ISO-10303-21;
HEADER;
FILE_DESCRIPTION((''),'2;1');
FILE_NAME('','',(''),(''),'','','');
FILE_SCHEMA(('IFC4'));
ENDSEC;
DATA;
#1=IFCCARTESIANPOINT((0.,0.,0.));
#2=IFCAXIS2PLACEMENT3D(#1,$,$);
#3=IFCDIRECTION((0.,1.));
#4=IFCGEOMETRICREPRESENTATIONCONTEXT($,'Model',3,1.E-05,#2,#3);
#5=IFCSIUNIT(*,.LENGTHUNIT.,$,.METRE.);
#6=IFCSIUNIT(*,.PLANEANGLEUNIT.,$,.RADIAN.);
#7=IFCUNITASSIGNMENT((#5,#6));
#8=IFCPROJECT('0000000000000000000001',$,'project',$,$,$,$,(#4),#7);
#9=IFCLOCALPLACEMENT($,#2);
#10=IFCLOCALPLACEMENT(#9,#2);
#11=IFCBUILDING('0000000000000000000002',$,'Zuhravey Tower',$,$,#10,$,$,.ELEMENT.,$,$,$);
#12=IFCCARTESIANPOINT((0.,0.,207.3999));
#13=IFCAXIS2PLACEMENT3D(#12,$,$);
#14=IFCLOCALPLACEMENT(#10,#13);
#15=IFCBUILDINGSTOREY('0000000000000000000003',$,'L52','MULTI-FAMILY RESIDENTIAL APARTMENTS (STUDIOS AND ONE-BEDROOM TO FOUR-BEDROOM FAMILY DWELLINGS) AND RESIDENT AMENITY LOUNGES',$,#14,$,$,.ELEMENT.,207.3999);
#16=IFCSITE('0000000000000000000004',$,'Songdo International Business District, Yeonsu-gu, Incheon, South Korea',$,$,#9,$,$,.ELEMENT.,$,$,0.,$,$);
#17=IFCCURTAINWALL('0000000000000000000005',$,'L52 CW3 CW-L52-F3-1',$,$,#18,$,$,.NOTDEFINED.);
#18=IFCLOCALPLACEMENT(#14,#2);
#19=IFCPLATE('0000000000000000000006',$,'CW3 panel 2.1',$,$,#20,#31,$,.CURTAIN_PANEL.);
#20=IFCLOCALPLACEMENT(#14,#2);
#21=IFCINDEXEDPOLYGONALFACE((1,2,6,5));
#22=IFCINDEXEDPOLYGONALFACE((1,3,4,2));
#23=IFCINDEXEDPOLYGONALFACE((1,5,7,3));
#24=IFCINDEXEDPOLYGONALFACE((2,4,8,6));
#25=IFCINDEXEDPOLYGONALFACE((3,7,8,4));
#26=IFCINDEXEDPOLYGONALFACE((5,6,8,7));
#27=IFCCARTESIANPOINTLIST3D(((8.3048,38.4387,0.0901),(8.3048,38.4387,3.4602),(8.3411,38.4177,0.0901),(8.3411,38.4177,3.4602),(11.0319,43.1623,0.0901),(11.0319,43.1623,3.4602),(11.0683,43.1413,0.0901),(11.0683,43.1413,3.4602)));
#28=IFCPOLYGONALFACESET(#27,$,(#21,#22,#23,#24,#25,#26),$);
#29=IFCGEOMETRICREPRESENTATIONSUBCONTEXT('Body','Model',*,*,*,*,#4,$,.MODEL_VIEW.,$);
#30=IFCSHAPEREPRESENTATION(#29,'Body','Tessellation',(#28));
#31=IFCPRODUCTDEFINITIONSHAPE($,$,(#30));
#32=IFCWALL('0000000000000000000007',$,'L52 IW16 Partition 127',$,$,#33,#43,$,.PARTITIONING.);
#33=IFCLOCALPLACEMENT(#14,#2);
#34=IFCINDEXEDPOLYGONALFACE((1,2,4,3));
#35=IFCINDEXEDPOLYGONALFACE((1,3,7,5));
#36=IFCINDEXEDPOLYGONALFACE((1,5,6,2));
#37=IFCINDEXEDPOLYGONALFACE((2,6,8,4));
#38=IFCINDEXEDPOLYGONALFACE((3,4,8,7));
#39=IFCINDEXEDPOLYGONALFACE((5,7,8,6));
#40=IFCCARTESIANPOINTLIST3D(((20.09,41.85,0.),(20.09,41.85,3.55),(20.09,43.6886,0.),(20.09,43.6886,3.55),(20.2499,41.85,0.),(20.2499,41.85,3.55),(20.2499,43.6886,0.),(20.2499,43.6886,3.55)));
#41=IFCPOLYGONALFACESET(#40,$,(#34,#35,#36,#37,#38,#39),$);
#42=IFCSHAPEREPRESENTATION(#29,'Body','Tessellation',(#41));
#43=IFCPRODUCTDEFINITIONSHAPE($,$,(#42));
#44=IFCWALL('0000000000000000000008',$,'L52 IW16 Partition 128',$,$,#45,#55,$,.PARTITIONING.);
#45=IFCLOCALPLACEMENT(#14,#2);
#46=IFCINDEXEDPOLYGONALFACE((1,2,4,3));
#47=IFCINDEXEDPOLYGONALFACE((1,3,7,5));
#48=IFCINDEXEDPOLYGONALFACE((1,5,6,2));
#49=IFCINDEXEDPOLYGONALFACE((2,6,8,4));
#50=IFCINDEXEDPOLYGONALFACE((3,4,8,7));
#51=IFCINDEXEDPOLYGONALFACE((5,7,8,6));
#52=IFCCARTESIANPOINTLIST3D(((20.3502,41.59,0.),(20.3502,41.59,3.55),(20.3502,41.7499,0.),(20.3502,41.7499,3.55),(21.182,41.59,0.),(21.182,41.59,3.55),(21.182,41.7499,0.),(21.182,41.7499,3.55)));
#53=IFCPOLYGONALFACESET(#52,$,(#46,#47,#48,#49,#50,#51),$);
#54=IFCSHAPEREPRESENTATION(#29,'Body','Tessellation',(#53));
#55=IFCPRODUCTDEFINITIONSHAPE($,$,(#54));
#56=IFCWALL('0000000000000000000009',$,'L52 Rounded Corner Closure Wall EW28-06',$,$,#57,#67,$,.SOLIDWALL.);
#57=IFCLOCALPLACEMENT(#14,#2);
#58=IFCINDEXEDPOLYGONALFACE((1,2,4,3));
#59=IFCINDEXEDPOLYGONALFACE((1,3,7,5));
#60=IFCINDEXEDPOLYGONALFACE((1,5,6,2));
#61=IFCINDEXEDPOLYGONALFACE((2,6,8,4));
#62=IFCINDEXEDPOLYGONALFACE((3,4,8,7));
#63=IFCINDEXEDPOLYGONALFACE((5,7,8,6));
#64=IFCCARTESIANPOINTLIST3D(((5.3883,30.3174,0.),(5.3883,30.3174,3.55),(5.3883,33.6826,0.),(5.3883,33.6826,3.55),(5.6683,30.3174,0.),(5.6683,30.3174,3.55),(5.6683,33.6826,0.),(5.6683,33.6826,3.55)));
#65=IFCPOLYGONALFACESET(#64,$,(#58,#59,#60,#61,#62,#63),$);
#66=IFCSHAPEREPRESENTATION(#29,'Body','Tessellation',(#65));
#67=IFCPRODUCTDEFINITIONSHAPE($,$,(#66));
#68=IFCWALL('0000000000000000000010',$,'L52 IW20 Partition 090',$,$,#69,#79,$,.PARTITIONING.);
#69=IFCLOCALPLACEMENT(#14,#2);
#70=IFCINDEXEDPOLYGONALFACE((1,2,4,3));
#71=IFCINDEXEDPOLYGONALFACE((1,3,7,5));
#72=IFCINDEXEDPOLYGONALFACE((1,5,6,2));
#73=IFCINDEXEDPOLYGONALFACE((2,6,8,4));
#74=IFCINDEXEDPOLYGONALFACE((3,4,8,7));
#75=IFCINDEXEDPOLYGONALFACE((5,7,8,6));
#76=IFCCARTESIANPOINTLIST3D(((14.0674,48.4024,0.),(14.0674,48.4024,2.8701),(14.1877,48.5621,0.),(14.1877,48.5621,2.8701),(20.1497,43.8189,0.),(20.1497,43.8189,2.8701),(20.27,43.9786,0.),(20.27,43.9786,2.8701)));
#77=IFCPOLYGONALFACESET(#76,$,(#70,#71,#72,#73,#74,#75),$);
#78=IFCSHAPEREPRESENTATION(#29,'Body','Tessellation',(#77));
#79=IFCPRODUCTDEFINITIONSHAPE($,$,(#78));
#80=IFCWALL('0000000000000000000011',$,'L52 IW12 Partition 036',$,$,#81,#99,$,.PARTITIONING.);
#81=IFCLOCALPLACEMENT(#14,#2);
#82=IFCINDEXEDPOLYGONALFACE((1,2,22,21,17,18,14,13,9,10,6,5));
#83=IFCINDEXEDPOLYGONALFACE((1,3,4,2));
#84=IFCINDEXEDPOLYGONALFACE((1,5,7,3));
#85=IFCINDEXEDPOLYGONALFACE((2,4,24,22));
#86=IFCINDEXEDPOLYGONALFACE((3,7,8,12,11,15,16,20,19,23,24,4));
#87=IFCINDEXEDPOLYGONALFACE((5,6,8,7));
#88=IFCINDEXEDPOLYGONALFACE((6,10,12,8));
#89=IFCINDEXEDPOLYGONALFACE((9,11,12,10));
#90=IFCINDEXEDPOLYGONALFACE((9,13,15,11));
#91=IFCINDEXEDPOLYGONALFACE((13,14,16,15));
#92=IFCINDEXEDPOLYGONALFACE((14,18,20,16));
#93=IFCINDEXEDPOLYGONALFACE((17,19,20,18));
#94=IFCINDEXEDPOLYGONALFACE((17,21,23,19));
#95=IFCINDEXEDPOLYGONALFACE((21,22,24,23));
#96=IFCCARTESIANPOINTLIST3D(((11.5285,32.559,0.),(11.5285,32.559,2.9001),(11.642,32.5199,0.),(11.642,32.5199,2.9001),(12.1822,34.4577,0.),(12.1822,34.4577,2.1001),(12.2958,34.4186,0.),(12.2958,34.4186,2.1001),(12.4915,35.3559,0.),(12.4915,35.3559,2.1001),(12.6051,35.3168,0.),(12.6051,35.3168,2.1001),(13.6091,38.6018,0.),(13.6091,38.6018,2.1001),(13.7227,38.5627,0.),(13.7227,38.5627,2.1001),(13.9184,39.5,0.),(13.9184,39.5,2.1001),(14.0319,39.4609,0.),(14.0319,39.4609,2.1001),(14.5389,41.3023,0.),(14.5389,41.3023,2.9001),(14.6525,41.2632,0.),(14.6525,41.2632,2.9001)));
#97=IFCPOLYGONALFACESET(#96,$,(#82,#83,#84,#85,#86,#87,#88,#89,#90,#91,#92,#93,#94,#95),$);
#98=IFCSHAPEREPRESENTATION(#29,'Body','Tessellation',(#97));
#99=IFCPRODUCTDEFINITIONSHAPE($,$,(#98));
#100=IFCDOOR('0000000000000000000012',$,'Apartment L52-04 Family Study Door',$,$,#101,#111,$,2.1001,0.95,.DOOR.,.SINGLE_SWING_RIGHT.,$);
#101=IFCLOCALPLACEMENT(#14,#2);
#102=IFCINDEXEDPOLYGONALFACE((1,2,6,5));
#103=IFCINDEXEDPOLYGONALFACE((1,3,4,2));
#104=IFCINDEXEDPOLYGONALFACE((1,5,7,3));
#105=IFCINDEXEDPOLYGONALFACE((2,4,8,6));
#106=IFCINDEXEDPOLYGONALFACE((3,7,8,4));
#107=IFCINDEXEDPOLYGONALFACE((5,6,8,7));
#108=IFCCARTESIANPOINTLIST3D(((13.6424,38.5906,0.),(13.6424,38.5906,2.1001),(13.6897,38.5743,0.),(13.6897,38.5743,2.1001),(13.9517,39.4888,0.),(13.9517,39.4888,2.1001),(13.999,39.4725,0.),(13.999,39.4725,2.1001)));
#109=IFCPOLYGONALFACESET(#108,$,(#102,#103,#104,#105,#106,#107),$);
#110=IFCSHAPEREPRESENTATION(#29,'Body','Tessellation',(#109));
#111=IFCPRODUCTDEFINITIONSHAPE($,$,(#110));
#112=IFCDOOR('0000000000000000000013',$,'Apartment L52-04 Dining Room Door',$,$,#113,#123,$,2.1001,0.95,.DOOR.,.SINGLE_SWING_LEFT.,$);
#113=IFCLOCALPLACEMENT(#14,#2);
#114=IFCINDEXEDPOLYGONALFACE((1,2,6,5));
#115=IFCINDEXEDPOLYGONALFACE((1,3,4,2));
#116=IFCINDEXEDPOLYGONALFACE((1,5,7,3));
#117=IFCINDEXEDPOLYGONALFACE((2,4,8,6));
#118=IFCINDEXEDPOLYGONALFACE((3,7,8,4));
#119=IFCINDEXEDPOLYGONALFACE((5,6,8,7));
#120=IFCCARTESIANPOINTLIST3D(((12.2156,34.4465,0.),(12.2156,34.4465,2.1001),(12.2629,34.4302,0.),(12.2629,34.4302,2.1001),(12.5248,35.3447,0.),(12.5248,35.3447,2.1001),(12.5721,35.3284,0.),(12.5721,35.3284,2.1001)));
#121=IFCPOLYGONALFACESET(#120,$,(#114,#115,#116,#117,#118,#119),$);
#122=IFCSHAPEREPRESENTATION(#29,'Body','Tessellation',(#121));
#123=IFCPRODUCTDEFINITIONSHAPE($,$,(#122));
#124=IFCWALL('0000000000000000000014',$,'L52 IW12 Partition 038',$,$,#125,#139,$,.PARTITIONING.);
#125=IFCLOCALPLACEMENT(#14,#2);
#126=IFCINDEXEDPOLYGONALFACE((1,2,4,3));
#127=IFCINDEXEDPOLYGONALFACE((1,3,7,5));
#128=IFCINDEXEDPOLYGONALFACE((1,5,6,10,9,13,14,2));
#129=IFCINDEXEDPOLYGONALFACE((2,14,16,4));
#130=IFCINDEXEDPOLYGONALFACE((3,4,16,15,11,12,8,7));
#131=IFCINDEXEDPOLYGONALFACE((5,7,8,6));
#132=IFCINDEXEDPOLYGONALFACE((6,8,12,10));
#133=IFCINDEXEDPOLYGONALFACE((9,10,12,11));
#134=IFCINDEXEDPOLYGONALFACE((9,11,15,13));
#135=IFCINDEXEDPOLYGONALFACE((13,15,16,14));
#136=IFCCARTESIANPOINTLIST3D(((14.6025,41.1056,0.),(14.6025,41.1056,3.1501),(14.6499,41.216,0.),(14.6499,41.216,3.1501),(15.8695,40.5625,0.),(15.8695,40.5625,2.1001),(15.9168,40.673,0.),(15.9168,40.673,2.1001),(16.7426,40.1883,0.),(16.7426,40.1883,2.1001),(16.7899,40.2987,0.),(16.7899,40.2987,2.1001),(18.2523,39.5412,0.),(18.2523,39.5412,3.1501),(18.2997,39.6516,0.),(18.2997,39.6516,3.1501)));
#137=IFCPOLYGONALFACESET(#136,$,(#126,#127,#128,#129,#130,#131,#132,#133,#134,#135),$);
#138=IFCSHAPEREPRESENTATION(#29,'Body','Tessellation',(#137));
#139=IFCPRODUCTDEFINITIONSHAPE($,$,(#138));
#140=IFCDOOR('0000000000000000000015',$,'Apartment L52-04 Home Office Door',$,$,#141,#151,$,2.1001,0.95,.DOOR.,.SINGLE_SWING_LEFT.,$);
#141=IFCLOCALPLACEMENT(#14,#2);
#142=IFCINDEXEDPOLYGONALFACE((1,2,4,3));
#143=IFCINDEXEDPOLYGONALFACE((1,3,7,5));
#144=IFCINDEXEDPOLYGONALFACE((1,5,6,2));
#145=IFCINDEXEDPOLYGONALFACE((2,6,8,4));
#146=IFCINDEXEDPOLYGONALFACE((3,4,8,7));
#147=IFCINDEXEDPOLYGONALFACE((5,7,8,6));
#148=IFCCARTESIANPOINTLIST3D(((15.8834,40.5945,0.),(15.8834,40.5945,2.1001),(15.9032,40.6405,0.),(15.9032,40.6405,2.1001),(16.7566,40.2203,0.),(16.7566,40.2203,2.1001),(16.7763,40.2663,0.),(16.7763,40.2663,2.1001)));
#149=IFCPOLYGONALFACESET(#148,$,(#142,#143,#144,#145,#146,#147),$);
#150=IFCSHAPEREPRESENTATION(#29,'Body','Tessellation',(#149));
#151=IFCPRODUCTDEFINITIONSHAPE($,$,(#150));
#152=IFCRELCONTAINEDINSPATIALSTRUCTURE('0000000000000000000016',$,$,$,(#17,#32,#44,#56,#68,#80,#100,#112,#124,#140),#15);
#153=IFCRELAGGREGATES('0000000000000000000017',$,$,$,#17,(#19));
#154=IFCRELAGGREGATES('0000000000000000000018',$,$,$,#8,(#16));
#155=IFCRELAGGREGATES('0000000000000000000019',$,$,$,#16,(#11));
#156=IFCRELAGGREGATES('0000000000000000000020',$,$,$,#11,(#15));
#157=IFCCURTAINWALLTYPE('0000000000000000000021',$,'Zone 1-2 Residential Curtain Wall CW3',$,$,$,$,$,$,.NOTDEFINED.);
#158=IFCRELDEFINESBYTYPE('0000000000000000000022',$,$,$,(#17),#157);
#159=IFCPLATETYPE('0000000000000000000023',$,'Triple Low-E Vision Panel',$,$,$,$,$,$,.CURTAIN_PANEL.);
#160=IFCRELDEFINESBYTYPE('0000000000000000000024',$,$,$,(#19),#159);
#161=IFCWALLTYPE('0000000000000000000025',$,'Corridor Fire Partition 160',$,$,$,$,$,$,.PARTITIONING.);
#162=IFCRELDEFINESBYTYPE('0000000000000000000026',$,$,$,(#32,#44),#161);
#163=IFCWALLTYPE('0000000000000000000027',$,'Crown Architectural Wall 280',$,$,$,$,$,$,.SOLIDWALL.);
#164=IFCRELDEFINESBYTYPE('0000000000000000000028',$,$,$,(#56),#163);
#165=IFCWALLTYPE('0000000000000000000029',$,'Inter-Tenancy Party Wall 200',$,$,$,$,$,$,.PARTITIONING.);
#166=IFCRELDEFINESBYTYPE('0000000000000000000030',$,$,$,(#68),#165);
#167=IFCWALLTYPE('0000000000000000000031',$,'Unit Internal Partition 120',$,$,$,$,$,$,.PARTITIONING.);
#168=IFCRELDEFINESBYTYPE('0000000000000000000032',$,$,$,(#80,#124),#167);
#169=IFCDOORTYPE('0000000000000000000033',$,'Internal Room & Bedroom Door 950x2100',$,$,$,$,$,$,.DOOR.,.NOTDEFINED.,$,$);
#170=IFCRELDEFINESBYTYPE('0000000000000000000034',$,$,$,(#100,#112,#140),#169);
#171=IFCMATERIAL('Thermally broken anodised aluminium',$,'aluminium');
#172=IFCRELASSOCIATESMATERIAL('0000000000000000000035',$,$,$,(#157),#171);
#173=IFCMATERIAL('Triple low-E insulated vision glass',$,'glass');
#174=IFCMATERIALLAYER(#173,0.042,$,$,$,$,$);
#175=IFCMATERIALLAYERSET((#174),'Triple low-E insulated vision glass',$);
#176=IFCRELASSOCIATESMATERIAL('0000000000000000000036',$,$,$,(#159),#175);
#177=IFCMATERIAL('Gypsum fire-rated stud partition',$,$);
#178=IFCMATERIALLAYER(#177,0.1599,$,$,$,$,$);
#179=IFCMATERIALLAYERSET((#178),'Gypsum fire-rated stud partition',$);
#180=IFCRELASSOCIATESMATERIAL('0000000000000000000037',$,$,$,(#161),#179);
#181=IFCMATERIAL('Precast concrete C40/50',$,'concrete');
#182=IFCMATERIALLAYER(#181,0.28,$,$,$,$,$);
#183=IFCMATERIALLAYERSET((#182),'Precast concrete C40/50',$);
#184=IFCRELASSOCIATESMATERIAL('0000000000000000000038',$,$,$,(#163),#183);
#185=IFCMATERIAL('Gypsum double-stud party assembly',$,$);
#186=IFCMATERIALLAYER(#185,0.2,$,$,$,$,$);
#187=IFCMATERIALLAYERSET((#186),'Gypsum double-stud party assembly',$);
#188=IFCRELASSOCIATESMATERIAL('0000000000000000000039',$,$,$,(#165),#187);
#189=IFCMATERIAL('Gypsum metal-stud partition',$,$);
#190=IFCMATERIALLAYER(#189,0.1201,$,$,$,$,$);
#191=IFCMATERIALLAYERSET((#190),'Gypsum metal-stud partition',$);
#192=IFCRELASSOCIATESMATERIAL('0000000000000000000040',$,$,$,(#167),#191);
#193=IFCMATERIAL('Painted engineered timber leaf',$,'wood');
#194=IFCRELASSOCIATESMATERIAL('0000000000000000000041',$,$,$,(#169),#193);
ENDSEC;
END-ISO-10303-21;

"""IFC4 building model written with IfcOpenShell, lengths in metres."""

from ifc_helpers import new_model, si_unit, direction, frame, frame_2d, origin, origin_2d, place, context, subcontext, project, spatial, rectangle, extrude, material, layer, layer_set, type_object, element, fill, aggregate, save


model = new_model("IFC4")

# Units and contexts
model_context = context("Model", 3, precision=1e-05, world=origin(), true_north=direction((0.0, 1.0)))
body_context = subcontext(model_context, "Body", "Model", "MODEL_VIEW")
ifc_project = project(units=[si_unit("LENGTHUNIT", "METRE"), si_unit("PLANEANGLEUNIT", "RADIAN")], contexts=[model_context])

# Site, building, storey
site_placement = place(None, origin())
site = spatial("IfcSite", under=ifc_project, at=site_placement, Name="Songdo International Business District, Yeonsu-gu, Incheon, South Korea", CompositionType="ELEMENT", RefElevation=0.0)
building_placement = place(site_placement, origin())
building = spatial("IfcBuilding", under=site, at=building_placement, Name="Zuhravey Tower", CompositionType="ELEMENT")
storey_placement = place(building_placement, frame((0.0, 0.0, 207.3999)))
storey = spatial("IfcBuildingStorey", under=building, at=storey_placement, Name="L52", Description="MULTI-FAMILY RESIDENTIAL APARTMENTS (STUDIOS AND ONE-BEDROOM TO FOUR-BEDROOM FAMILY DWELLINGS) AND RESIDENT AMENITY LOUNGES", CompositionType="ELEMENT", Elevation=207.3999)

# Shared definitions
ifc_material_1 = material(Name="Thermally broken anodised aluminium", Category="aluminium")
curtain_wall_type = type_object("IfcCurtainWallType", Name="Zone 1-2 Residential Curtain Wall CW3", PredefinedType="NOTDEFINED", material=ifc_material_1)

# Curtain wall
curtain_wall_1_placement = place(storey_placement, origin())
curtain_wall_1 = element("IfcCurtainWall", 1, at=curtain_wall_1_placement, inside=storey, type_object=curtain_wall_type, Name="L52 CW3 CW-L52-F3-1", PredefinedType="NOTDEFINED")

# Plate
ifc_material_2 = material(Name="Triple low-E insulated vision glass", Category="glass")
ifc_layer_1 = layer(ifc_material_2, 0.042)
ifc_layer_set_1 = layer_set([ifc_layer_1], Name="Triple low-E insulated vision glass")
plate_type_1 = type_object("IfcPlateType", Name="Triple Low-E Vision Panel", PredefinedType="CURTAIN_PANEL", material=ifc_layer_set_1)
plate_1_placement = place(storey_placement, frame((9.6865, 40.79, 0.0901), z_axis=(0.0, 0.0, 1.0), x_axis=(0.5, 0.866025, 0.0)))
plate_1 = element("IfcPlate", 2, at=plate_1_placement, type_object=plate_type_1, Name="CW3 panel 2.1", PredefinedType="CURTAIN_PANEL", context=body_context, shape_type="SweptSolid", body=[
    extrude(rectangle(XDim=5.4543, YDim=0.042, at=origin_2d()), origin(), (0.0, 0.0, 1.0), 3.3701),
])
aggregate(curtain_wall_1, [plate_1])

# Walls
ifc_material_3 = material(Name="Gypsum fire-rated stud partition")
ifc_layer_2 = layer(ifc_material_3, 0.1599)
ifc_layer_set_2 = layer_set([ifc_layer_2], Name="Gypsum fire-rated stud partition")
wall_type_1 = type_object("IfcWallType", Name="Corridor Fire Partition 160", PredefinedType="PARTITIONING", material=ifc_layer_set_2)
wall_1_placement = place(storey_placement, frame((20.1699, 43.6887, 0.0), z_axis=(0.0, 0.0, 1.0), x_axis=(0.0, -1.0, 0.0)))
element("IfcWall", 3, at=wall_1_placement, inside=storey, type_object=wall_type_1, Name="L52 IW16 Partition 127", PredefinedType="PARTITIONING", context=body_context, shape_type="SweptSolid", body=[
    extrude(rectangle(XDim=1.8386, YDim=0.1599, at=frame_2d((0.9194, 0.0))), origin(), (0.0, 0.0, 1.0), 3.55),
])
wall_2_placement = place(storey_placement, frame((20.3501, 41.6699, 0.0), z_axis=(0.0, 0.0, 1.0), x_axis=(1.0, 0.0, 0.0)))
element("IfcWall", 4, at=wall_2_placement, inside=storey, type_object=wall_type_1, Name="L52 IW16 Partition 128", PredefinedType="PARTITIONING", context=body_context, shape_type="SweptSolid", body=[
    extrude(rectangle(XDim=0.8318, YDim=0.1599, at=frame_2d((0.416, 0.0))), origin(), (0.0, 0.0, 1.0), 3.55),
])
ifc_material_4 = material(Name="Precast concrete C40/50", Category="concrete")
ifc_layer_3 = layer(ifc_material_4, 0.28)
ifc_layer_set_3 = layer_set([ifc_layer_3], Name="Precast concrete C40/50")
wall_type_2 = type_object("IfcWallType", Name="Crown Architectural Wall 280", PredefinedType="SOLIDWALL", material=ifc_layer_set_3)
wall_3_placement = place(storey_placement, frame((5.5283, 30.3174, 0.0), z_axis=(0.0, 0.0, 1.0), x_axis=(0.0, 1.0, 0.0)))
element("IfcWall", 5, at=wall_3_placement, inside=storey, type_object=wall_type_2, Name="L52 Rounded Corner Closure Wall EW28-06", PredefinedType="SOLIDWALL", context=body_context, shape_type="SweptSolid", body=[
    extrude(rectangle(XDim=3.3652, YDim=0.28, at=frame_2d((1.6826, 0.0))), origin(), (0.0, 0.0, 1.0), 3.55),
])
ifc_material_5 = material(Name="Gypsum double-stud party assembly")
ifc_layer_4 = layer(ifc_material_5, 0.2)
ifc_layer_set_4 = layer_set([ifc_layer_4], Name="Gypsum double-stud party assembly")
wall_type_3 = type_object("IfcWallType", Name="Inter-Tenancy Party Wall 200", PredefinedType="PARTITIONING", material=ifc_layer_set_4)
wall_4_placement = place(storey_placement, frame((20.21, 43.8987, 0.0), z_axis=(0.0, 0.0, 1.0), x_axis=(-0.798625, 0.601829, 0.0)))
element("IfcWall", 6, at=wall_4_placement, inside=storey, type_object=wall_type_3, Name="L52 IW20 Partition 090", PredefinedType="PARTITIONING", context=body_context, shape_type="SweptSolid", body=[
    extrude(rectangle(XDim=7.616, YDim=0.2, at=frame_2d((3.8081, 0.0))), origin(), (0.0, 0.0, 1.0), 2.8701),
])

# Wall, openings, doors
ifc_material_6 = material(Name="Gypsum metal-stud partition")
ifc_layer_5 = layer(ifc_material_6, 0.1201)
ifc_layer_set_5 = layer_set([ifc_layer_5], Name="Gypsum metal-stud partition")
wall_type_4 = type_object("IfcWallType", Name="Unit Internal Partition 120", PredefinedType="PARTITIONING", material=ifc_layer_set_5)
wall_5_placement = place(storey_placement, frame((14.5957, 41.2827, 0.0), z_axis=(0.0, 0.0, 1.0), x_axis=(-0.325559, -0.945522, 0.0)))
wall_5 = element("IfcWall", 7, at=wall_5_placement, inside=storey, type_object=wall_type_4, Name="L52 IW12 Partition 036", PredefinedType="PARTITIONING", context=body_context, shape_type="SweptSolid", body=[
    extrude(rectangle(XDim=9.2471, YDim=0.1201, at=frame_2d((4.6235, 0.0))), origin(), (0.0, 0.0, 1.0), 2.9001),
])
opening_1_placement = place(wall_5_placement, frame((1.906, 0.0, 0.0)))
opening_1 = element("IfcOpeningElement", 8, at=opening_1_placement, cuts=wall_5, PredefinedType="OPENING", context=body_context, shape_type="SweptSolid", body=[
    extrude(rectangle(XDim=0.95, YDim=2.1001, at=frame_2d((0.4751, 1.05))), frame((0.0, 0.072, 0.0), z_axis=(0.0, -1.0, 0.0), x_axis=(1.0, 0.0, 0.0)), (0.0, 0.0, 1.0), 0.144),
])
opening_2_placement = place(wall_5_placement, frame((6.2888, 0.0, 0.0)))
opening_2 = element("IfcOpeningElement", 9, at=opening_2_placement, cuts=wall_5, PredefinedType="OPENING", context=body_context, shape_type="SweptSolid", body=[
    extrude(rectangle(XDim=0.95, YDim=2.1001, at=frame_2d((0.4751, 1.05))), frame((0.0, 0.072, 0.0), z_axis=(0.0, -1.0, 0.0), x_axis=(1.0, 0.0, 0.0)), (0.0, 0.0, 1.0), 0.144),
])
ifc_material_7 = material(Name="Painted engineered timber leaf", Category="wood")
door_type = type_object("IfcDoorType", Name="Internal Room & Bedroom Door 950x2100", OperationType="NOTDEFINED", PredefinedType="DOOR", material=ifc_material_7)
door_1_placement = place(opening_1_placement, frame((0.95, 0.0, 0.0), z_axis=(0.0, 0.0, 1.0), x_axis=(-1.0, 0.0, 0.0)))
door_1 = element("IfcDoor", 10, at=door_1_placement, inside=storey, type_object=door_type, Name="Apartment L52-04 Family Study Door", OperationType="SINGLE_SWING_RIGHT", OverallHeight=2.1001, OverallWidth=0.95, PredefinedType="DOOR", context=body_context, shape_type="SweptSolid", body=[
    extrude(rectangle(XDim=0.95, YDim=2.1001, at=frame_2d((0.4751, 1.05))), frame((0.0, 0.0249, 0.0), z_axis=(0.0, -1.0, 0.0), x_axis=(1.0, 0.0, 0.0)), (0.0, 0.0, 1.0), 0.05),
])
fill(opening_1, door_1)
door_2_placement = place(opening_2_placement, frame((0.95, 0.0, 0.0), z_axis=(0.0, 0.0, 1.0), x_axis=(-1.0, 0.0, 0.0)))
door_2 = element("IfcDoor", 11, at=door_2_placement, inside=storey, type_object=door_type, Name="Apartment L52-04 Dining Room Door", OperationType="SINGLE_SWING_LEFT", OverallHeight=2.1001, OverallWidth=0.95, PredefinedType="DOOR", context=body_context, shape_type="SweptSolid", body=[
    extrude(rectangle(XDim=0.95, YDim=2.1001, at=frame_2d((0.4751, 1.05))), frame((0.0, 0.0249, 0.0), z_axis=(0.0, -1.0, 0.0), x_axis=(1.0, 0.0, 0.0)), (0.0, 0.0, 1.0), 0.05),
])
fill(opening_2, door_2)

# Wall, opening, door
wall_6_placement = place(storey_placement, frame((18.2759, 39.5964, 0.0), z_axis=(0.0, 0.0, 1.0), x_axis=(-0.919126, 0.393964, 0.0)))
wall_6 = element("IfcWall", 12, at=wall_6_placement, inside=storey, type_object=wall_type_4, Name="L52 IW12 Partition 038", PredefinedType="PARTITIONING", context=body_context, shape_type="SweptSolid", body=[
    extrude(rectangle(XDim=3.9709, YDim=0.1201, at=frame_2d((1.9854, 0.0))), origin(), (0.0, 0.0, 1.0), 3.1501),
])
opening_3_placement = place(wall_6_placement, frame((1.6423, 0.0, 0.0)))
opening_3 = element("IfcOpeningElement", 13, at=opening_3_placement, cuts=wall_6, PredefinedType="OPENING", context=body_context, shape_type="SweptSolid", body=[
    extrude(rectangle(XDim=0.95, YDim=2.1001, at=frame_2d((0.4751, 1.05))), frame((0.0, 0.072, 0.0), z_axis=(0.0, -1.0, 0.0), x_axis=(1.0, 0.0, 0.0)), (0.0, 0.0, 1.0), 0.144),
])
door_3_placement = place(opening_3_placement, frame((0.95, 0.0, 0.0), z_axis=(0.0, 0.0, 1.0), x_axis=(-1.0, 0.0, 0.0)))
door_3 = element("IfcDoor", 14, at=door_3_placement, inside=storey, type_object=door_type, Name="Apartment L52-04 Home Office Door", OperationType="SINGLE_SWING_LEFT", OverallHeight=2.1001, OverallWidth=0.95, PredefinedType="DOOR", context=body_context, shape_type="SweptSolid", body=[
    extrude(rectangle(XDim=0.95, YDim=2.1001, at=frame_2d((0.4751, 1.05))), frame((0.0, 0.0249, 0.0), z_axis=(0.0, -1.0, 0.0), x_axis=(1.0, 0.0, 0.0)), (0.0, 0.0, 1.0), 0.05),
])
fill(opening_3, door_3)

save(model, "model.ifc")
